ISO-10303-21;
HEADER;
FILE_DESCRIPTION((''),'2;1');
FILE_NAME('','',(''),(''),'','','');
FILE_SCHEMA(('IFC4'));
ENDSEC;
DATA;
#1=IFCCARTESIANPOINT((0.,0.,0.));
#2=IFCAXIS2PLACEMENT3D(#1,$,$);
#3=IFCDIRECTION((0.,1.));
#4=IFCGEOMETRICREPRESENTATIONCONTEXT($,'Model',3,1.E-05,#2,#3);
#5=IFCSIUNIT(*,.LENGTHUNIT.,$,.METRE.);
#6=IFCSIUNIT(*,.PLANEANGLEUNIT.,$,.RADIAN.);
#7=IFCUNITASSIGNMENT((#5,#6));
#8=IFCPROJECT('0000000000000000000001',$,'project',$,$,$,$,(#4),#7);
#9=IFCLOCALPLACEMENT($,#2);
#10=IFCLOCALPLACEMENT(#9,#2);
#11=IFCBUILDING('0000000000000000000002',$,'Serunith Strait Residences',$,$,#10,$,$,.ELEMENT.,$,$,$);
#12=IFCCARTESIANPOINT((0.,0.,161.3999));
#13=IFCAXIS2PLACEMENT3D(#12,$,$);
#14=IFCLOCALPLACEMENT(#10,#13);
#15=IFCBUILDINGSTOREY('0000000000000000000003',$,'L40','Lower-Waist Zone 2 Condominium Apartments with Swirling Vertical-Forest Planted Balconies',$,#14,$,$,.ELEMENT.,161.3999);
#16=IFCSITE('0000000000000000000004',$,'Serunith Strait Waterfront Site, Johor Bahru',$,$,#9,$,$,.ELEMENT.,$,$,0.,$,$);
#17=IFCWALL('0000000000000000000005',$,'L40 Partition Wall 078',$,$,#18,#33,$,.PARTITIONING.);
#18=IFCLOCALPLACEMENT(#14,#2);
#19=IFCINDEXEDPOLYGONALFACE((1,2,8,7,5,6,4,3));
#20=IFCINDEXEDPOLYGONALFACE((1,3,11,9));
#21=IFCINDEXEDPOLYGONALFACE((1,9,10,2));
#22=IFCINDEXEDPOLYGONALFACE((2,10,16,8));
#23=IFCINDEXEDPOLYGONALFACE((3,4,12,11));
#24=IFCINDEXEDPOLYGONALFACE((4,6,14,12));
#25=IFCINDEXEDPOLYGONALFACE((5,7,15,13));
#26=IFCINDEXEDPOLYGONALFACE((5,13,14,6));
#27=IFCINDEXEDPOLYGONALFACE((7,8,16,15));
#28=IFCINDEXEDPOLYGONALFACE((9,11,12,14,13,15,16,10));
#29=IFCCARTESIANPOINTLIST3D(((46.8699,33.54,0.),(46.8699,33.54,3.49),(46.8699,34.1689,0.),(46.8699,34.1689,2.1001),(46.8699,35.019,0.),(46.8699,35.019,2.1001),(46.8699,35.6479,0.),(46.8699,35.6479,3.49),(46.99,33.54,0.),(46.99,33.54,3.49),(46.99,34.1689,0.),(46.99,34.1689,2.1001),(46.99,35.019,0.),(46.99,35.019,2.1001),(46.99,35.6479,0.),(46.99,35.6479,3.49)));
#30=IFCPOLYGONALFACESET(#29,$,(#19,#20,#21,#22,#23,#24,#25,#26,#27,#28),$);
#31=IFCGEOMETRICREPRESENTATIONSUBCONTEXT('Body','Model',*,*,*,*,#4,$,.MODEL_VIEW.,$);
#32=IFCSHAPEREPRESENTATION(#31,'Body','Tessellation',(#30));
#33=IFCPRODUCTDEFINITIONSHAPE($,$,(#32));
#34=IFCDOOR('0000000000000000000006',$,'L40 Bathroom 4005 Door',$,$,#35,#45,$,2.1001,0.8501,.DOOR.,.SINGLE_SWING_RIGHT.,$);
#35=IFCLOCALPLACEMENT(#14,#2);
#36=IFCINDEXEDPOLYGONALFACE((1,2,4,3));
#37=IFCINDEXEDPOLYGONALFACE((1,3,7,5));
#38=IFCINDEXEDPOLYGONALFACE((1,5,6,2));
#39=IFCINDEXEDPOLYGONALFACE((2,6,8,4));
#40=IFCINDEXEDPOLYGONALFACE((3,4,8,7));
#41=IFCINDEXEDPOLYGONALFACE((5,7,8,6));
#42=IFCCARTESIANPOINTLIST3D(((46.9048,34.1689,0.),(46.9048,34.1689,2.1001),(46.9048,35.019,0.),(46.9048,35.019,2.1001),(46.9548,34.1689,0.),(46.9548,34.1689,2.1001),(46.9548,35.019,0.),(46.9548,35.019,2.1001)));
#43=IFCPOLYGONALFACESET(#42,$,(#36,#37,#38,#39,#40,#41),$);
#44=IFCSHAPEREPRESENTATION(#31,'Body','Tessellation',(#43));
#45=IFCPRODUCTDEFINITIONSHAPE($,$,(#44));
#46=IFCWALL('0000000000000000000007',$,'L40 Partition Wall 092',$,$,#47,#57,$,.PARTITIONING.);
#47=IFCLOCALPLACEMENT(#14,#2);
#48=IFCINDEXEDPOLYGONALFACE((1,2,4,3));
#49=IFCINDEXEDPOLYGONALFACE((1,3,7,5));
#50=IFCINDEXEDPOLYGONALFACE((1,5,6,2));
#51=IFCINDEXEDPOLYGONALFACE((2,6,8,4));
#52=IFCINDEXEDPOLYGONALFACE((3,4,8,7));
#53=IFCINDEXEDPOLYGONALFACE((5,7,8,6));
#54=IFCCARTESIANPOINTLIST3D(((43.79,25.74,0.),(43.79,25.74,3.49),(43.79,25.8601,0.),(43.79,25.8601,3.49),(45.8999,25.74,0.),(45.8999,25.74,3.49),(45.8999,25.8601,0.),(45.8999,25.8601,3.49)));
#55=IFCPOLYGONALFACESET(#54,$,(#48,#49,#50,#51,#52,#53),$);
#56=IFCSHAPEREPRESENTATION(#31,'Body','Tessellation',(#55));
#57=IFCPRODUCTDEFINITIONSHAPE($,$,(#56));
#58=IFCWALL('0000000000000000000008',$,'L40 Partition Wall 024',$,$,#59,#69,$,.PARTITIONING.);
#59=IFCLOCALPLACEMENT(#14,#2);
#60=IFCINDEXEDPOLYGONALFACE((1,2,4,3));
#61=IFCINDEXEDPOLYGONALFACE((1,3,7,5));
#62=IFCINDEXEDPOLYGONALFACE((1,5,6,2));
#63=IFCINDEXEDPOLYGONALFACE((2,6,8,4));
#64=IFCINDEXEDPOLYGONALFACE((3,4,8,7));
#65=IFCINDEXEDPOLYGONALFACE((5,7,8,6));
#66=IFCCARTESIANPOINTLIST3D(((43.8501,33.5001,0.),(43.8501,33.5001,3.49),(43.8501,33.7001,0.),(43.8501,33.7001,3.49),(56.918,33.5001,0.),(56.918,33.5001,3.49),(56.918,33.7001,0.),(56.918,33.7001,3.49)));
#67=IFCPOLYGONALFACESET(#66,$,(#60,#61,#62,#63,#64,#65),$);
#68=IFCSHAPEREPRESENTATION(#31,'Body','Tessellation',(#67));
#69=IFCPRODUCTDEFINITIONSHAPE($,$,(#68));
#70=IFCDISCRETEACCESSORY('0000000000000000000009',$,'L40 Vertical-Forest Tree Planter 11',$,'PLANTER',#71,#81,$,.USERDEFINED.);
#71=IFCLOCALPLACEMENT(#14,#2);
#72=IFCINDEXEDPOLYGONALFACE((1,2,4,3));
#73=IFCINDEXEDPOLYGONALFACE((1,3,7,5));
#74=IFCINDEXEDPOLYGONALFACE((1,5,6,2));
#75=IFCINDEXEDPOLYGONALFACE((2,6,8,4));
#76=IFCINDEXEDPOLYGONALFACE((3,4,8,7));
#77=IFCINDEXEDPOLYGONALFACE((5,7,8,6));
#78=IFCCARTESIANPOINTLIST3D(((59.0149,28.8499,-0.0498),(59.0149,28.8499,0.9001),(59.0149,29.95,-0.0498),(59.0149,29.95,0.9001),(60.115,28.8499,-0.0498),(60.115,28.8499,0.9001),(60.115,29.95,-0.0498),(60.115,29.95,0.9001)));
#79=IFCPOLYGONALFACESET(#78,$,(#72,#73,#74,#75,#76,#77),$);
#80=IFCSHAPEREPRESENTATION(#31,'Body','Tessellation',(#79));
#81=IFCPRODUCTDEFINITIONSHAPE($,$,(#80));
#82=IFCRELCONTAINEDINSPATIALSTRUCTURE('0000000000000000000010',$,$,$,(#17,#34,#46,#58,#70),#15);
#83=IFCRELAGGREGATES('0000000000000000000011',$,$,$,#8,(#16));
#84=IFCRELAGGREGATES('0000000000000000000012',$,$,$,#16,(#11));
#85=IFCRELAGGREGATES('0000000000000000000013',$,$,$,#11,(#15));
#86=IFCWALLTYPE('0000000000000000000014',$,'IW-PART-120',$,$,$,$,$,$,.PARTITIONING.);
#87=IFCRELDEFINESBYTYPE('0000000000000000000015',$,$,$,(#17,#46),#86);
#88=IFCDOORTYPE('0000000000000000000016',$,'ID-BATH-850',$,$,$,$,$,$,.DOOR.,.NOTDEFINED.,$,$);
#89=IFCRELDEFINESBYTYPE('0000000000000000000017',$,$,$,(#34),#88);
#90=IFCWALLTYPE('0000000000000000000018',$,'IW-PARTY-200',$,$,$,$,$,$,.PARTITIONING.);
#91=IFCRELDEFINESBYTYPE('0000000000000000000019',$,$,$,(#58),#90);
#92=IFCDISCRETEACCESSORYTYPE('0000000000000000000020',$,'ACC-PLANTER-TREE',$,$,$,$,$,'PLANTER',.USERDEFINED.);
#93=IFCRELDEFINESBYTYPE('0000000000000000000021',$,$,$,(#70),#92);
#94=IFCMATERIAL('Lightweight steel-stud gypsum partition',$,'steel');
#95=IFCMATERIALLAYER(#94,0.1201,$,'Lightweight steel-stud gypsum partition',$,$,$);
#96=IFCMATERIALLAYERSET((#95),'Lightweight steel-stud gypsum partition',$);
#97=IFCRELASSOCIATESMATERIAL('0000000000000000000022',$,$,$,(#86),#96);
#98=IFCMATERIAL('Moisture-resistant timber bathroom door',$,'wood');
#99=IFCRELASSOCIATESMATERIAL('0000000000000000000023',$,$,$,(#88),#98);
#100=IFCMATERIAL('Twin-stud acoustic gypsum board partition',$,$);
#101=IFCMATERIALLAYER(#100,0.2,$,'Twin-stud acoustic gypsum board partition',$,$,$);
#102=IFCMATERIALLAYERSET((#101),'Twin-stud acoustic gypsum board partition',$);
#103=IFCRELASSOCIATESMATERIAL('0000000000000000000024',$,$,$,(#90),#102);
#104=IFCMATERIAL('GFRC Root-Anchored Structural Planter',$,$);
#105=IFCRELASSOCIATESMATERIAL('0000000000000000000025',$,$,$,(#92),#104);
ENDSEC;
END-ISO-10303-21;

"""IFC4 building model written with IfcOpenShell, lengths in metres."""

from ifc_helpers import new_model, si_unit, direction, frame, frame_2d, origin, origin_2d, place, context, subcontext, project, spatial, rectangle, extrude, source, transform, mapped, material, layer, layer_set, type_object, element, fill, save


model = new_model("IFC4")

# Units and contexts
model_context = context("Model", 3, precision=1e-05, world=origin(), true_north=direction((0.0, 1.0)))
body_context = subcontext(model_context, "Body", "Model", "MODEL_VIEW")
ifc_project = project(units=[si_unit("LENGTHUNIT", "METRE"), si_unit("PLANEANGLEUNIT", "RADIAN")], contexts=[model_context])

# Site, building, storey
site_placement = place(None, origin())
site = spatial("IfcSite", under=ifc_project, at=site_placement, Name="Serunith Strait Waterfront Site, Johor Bahru", CompositionType="ELEMENT", RefElevation=0.0)
building_placement = place(site_placement, origin())
building = spatial("IfcBuilding", under=site, at=building_placement, Name="Serunith Strait Residences", CompositionType="ELEMENT")
storey_placement = place(building_placement, frame((0.0, 0.0, 161.3999)))
storey = spatial("IfcBuildingStorey", under=building, at=storey_placement, Name="L40", Description="Lower-Waist Zone 2 Condominium Apartments with Swirling Vertical-Forest Planted Balconies", CompositionType="ELEMENT", Elevation=161.3999)

# Shared definitions
ifc_material_1 = material(Name="Lightweight steel-stud gypsum partition", Category="steel")
ifc_layer_1 = layer(ifc_material_1, 0.1201, Name="Lightweight steel-stud gypsum partition")
ifc_layer_set_1 = layer_set([ifc_layer_1], Name="Lightweight steel-stud gypsum partition")
wall_type_1 = type_object("IfcWallType", Name="IW-PART-120", PredefinedType="PARTITIONING", material=ifc_layer_set_1)

# Wall, opening, door
wall_1_placement = place(storey_placement, frame((46.9299, 35.6479, 0.0), z_axis=(0.0, 0.0, 1.0), x_axis=(0.0, -1.0, 0.0)))
wall_1 = element("IfcWall", 1, at=wall_1_placement, inside=storey, type_object=wall_type_1, Name="L40 Partition Wall 078", PredefinedType="PARTITIONING", context=body_context, shape_type="SweptSolid", body=[
    extrude(rectangle(XDim=2.1079, YDim=0.1201, at=frame_2d((1.054, 0.0))), origin(), (0.0, 0.0, 1.0), 3.49),
])
opening_1_placement = place(wall_1_placement, frame((0.6289, 0.0, 0.0)))
opening_1 = element("IfcOpeningElement", 2, at=opening_1_placement, cuts=wall_1, PredefinedType="OPENING", context=body_context, shape_type="SweptSolid", body=[
    extrude(rectangle(XDim=0.8501, YDim=2.1001, at=frame_2d((0.425, 1.05))), frame((0.0, 0.0701, 0.0), z_axis=(0.0, -1.0, 0.0), x_axis=(1.0, 0.0, 0.0)), (0.0, 0.0, 1.0), 0.1401),
])
ifc_material_2 = material(Name="Moisture-resistant timber bathroom door", Category="wood")
door_type_1 = type_object("IfcDoorType", Name="ID-BATH-850", OperationType="NOTDEFINED", PredefinedType="DOOR", material=ifc_material_2)
shared_shape_1 = source(origin(), body_context, "Body", "SweptSolid", [
    extrude(rectangle(XDim=0.8501, YDim=2.1001, at=frame_2d((0.425, 1.05))), frame((0.0, 0.0249, 0.0), z_axis=(0.0, -1.0, 0.0), x_axis=(1.0, 0.0, 0.0)), (0.0, 0.0, 1.0), 0.05),
])
door_1_placement = place(opening_1_placement, origin())
door_1 = element("IfcDoor", 3, at=door_1_placement, inside=storey, type_object=door_type_1, Name="L40 Bathroom 4005 Door", OperationType="SINGLE_SWING_RIGHT", OverallHeight=2.1001, OverallWidth=0.8501, PredefinedType="DOOR", context=body_context, shape_type="MappedRepresentation", body=[
    mapped(shared_shape_1, transform((0.0, 0.0, 0.0), scale=1.0)),
])
fill(opening_1, door_1)

# Walls
wall_2_placement = place(storey_placement, frame((45.8999, 25.8, 0.0), z_axis=(0.0, 0.0, 1.0), x_axis=(-1.0, 0.0, 0.0)))
element("IfcWall", 4, at=wall_2_placement, inside=storey, type_object=wall_type_1, Name="L40 Partition Wall 092", PredefinedType="PARTITIONING", context=body_context, shape_type="SweptSolid", body=[
    extrude(rectangle(XDim=2.1099, YDim=0.1201, at=frame_2d((1.0549, 0.0))), origin(), (0.0, 0.0, 1.0), 3.49),
])
ifc_material_3 = material(Name="Twin-stud acoustic gypsum board partition")
ifc_layer_2 = layer(ifc_material_3, 0.2, Name="Twin-stud acoustic gypsum board partition")
ifc_layer_set_2 = layer_set([ifc_layer_2], Name="Twin-stud acoustic gypsum board partition")
wall_type_2 = type_object("IfcWallType", Name="IW-PARTY-200", PredefinedType="PARTITIONING", material=ifc_layer_set_2)
wall_3_placement = place(storey_placement, frame((43.8501, 33.6001, 0.0), z_axis=(0.0, 0.0, 1.0), x_axis=(1.0, 0.0, 0.0)))
element("IfcWall", 5, at=wall_3_placement, inside=storey, type_object=wall_type_2, Name="L40 Partition Wall 024", PredefinedType="PARTITIONING", context=body_context, shape_type="SweptSolid", body=[
    extrude(rectangle(XDim=13.0679, YDim=0.2, at=frame_2d((6.5339, 0.0))), origin(), (0.0, 0.0, 1.0), 3.49),
])

# Discrete accessory
ifc_material_4 = material(Name="GFRC Root-Anchored Structural Planter")
discrete_accessory_type = type_object("IfcDiscreteAccessoryType", Name="ACC-PLANTER-TREE", ElementType="PLANTER", PredefinedType="USERDEFINED", material=ifc_material_4)
shared_shape_2 = source(origin(), body_context, "Body", "SweptSolid", [
    extrude(rectangle(XDim=1.1001, YDim=1.1001, at=origin_2d()), origin(), (0.0, 0.0, 1.0), 0.95),
])
discrete_accessory_placement = place(storey_placement, frame((59.5649, 29.3999, -0.0498), z_axis=(0.0, 0.0, 1.0), x_axis=(0.0, 1.0, 0.0)))
element("IfcDiscreteAccessory", 6, at=discrete_accessory_placement, inside=storey, type_object=discrete_accessory_type, Name="L40 Vertical-Forest Tree Planter 11", ObjectType="PLANTER", PredefinedType="USERDEFINED", context=body_context, shape_type="MappedRepresentation", body=[
    mapped(shared_shape_2, transform((0.0, 0.0, 0.0), scale=1.0)),
])

save(model, "model.ifc")
